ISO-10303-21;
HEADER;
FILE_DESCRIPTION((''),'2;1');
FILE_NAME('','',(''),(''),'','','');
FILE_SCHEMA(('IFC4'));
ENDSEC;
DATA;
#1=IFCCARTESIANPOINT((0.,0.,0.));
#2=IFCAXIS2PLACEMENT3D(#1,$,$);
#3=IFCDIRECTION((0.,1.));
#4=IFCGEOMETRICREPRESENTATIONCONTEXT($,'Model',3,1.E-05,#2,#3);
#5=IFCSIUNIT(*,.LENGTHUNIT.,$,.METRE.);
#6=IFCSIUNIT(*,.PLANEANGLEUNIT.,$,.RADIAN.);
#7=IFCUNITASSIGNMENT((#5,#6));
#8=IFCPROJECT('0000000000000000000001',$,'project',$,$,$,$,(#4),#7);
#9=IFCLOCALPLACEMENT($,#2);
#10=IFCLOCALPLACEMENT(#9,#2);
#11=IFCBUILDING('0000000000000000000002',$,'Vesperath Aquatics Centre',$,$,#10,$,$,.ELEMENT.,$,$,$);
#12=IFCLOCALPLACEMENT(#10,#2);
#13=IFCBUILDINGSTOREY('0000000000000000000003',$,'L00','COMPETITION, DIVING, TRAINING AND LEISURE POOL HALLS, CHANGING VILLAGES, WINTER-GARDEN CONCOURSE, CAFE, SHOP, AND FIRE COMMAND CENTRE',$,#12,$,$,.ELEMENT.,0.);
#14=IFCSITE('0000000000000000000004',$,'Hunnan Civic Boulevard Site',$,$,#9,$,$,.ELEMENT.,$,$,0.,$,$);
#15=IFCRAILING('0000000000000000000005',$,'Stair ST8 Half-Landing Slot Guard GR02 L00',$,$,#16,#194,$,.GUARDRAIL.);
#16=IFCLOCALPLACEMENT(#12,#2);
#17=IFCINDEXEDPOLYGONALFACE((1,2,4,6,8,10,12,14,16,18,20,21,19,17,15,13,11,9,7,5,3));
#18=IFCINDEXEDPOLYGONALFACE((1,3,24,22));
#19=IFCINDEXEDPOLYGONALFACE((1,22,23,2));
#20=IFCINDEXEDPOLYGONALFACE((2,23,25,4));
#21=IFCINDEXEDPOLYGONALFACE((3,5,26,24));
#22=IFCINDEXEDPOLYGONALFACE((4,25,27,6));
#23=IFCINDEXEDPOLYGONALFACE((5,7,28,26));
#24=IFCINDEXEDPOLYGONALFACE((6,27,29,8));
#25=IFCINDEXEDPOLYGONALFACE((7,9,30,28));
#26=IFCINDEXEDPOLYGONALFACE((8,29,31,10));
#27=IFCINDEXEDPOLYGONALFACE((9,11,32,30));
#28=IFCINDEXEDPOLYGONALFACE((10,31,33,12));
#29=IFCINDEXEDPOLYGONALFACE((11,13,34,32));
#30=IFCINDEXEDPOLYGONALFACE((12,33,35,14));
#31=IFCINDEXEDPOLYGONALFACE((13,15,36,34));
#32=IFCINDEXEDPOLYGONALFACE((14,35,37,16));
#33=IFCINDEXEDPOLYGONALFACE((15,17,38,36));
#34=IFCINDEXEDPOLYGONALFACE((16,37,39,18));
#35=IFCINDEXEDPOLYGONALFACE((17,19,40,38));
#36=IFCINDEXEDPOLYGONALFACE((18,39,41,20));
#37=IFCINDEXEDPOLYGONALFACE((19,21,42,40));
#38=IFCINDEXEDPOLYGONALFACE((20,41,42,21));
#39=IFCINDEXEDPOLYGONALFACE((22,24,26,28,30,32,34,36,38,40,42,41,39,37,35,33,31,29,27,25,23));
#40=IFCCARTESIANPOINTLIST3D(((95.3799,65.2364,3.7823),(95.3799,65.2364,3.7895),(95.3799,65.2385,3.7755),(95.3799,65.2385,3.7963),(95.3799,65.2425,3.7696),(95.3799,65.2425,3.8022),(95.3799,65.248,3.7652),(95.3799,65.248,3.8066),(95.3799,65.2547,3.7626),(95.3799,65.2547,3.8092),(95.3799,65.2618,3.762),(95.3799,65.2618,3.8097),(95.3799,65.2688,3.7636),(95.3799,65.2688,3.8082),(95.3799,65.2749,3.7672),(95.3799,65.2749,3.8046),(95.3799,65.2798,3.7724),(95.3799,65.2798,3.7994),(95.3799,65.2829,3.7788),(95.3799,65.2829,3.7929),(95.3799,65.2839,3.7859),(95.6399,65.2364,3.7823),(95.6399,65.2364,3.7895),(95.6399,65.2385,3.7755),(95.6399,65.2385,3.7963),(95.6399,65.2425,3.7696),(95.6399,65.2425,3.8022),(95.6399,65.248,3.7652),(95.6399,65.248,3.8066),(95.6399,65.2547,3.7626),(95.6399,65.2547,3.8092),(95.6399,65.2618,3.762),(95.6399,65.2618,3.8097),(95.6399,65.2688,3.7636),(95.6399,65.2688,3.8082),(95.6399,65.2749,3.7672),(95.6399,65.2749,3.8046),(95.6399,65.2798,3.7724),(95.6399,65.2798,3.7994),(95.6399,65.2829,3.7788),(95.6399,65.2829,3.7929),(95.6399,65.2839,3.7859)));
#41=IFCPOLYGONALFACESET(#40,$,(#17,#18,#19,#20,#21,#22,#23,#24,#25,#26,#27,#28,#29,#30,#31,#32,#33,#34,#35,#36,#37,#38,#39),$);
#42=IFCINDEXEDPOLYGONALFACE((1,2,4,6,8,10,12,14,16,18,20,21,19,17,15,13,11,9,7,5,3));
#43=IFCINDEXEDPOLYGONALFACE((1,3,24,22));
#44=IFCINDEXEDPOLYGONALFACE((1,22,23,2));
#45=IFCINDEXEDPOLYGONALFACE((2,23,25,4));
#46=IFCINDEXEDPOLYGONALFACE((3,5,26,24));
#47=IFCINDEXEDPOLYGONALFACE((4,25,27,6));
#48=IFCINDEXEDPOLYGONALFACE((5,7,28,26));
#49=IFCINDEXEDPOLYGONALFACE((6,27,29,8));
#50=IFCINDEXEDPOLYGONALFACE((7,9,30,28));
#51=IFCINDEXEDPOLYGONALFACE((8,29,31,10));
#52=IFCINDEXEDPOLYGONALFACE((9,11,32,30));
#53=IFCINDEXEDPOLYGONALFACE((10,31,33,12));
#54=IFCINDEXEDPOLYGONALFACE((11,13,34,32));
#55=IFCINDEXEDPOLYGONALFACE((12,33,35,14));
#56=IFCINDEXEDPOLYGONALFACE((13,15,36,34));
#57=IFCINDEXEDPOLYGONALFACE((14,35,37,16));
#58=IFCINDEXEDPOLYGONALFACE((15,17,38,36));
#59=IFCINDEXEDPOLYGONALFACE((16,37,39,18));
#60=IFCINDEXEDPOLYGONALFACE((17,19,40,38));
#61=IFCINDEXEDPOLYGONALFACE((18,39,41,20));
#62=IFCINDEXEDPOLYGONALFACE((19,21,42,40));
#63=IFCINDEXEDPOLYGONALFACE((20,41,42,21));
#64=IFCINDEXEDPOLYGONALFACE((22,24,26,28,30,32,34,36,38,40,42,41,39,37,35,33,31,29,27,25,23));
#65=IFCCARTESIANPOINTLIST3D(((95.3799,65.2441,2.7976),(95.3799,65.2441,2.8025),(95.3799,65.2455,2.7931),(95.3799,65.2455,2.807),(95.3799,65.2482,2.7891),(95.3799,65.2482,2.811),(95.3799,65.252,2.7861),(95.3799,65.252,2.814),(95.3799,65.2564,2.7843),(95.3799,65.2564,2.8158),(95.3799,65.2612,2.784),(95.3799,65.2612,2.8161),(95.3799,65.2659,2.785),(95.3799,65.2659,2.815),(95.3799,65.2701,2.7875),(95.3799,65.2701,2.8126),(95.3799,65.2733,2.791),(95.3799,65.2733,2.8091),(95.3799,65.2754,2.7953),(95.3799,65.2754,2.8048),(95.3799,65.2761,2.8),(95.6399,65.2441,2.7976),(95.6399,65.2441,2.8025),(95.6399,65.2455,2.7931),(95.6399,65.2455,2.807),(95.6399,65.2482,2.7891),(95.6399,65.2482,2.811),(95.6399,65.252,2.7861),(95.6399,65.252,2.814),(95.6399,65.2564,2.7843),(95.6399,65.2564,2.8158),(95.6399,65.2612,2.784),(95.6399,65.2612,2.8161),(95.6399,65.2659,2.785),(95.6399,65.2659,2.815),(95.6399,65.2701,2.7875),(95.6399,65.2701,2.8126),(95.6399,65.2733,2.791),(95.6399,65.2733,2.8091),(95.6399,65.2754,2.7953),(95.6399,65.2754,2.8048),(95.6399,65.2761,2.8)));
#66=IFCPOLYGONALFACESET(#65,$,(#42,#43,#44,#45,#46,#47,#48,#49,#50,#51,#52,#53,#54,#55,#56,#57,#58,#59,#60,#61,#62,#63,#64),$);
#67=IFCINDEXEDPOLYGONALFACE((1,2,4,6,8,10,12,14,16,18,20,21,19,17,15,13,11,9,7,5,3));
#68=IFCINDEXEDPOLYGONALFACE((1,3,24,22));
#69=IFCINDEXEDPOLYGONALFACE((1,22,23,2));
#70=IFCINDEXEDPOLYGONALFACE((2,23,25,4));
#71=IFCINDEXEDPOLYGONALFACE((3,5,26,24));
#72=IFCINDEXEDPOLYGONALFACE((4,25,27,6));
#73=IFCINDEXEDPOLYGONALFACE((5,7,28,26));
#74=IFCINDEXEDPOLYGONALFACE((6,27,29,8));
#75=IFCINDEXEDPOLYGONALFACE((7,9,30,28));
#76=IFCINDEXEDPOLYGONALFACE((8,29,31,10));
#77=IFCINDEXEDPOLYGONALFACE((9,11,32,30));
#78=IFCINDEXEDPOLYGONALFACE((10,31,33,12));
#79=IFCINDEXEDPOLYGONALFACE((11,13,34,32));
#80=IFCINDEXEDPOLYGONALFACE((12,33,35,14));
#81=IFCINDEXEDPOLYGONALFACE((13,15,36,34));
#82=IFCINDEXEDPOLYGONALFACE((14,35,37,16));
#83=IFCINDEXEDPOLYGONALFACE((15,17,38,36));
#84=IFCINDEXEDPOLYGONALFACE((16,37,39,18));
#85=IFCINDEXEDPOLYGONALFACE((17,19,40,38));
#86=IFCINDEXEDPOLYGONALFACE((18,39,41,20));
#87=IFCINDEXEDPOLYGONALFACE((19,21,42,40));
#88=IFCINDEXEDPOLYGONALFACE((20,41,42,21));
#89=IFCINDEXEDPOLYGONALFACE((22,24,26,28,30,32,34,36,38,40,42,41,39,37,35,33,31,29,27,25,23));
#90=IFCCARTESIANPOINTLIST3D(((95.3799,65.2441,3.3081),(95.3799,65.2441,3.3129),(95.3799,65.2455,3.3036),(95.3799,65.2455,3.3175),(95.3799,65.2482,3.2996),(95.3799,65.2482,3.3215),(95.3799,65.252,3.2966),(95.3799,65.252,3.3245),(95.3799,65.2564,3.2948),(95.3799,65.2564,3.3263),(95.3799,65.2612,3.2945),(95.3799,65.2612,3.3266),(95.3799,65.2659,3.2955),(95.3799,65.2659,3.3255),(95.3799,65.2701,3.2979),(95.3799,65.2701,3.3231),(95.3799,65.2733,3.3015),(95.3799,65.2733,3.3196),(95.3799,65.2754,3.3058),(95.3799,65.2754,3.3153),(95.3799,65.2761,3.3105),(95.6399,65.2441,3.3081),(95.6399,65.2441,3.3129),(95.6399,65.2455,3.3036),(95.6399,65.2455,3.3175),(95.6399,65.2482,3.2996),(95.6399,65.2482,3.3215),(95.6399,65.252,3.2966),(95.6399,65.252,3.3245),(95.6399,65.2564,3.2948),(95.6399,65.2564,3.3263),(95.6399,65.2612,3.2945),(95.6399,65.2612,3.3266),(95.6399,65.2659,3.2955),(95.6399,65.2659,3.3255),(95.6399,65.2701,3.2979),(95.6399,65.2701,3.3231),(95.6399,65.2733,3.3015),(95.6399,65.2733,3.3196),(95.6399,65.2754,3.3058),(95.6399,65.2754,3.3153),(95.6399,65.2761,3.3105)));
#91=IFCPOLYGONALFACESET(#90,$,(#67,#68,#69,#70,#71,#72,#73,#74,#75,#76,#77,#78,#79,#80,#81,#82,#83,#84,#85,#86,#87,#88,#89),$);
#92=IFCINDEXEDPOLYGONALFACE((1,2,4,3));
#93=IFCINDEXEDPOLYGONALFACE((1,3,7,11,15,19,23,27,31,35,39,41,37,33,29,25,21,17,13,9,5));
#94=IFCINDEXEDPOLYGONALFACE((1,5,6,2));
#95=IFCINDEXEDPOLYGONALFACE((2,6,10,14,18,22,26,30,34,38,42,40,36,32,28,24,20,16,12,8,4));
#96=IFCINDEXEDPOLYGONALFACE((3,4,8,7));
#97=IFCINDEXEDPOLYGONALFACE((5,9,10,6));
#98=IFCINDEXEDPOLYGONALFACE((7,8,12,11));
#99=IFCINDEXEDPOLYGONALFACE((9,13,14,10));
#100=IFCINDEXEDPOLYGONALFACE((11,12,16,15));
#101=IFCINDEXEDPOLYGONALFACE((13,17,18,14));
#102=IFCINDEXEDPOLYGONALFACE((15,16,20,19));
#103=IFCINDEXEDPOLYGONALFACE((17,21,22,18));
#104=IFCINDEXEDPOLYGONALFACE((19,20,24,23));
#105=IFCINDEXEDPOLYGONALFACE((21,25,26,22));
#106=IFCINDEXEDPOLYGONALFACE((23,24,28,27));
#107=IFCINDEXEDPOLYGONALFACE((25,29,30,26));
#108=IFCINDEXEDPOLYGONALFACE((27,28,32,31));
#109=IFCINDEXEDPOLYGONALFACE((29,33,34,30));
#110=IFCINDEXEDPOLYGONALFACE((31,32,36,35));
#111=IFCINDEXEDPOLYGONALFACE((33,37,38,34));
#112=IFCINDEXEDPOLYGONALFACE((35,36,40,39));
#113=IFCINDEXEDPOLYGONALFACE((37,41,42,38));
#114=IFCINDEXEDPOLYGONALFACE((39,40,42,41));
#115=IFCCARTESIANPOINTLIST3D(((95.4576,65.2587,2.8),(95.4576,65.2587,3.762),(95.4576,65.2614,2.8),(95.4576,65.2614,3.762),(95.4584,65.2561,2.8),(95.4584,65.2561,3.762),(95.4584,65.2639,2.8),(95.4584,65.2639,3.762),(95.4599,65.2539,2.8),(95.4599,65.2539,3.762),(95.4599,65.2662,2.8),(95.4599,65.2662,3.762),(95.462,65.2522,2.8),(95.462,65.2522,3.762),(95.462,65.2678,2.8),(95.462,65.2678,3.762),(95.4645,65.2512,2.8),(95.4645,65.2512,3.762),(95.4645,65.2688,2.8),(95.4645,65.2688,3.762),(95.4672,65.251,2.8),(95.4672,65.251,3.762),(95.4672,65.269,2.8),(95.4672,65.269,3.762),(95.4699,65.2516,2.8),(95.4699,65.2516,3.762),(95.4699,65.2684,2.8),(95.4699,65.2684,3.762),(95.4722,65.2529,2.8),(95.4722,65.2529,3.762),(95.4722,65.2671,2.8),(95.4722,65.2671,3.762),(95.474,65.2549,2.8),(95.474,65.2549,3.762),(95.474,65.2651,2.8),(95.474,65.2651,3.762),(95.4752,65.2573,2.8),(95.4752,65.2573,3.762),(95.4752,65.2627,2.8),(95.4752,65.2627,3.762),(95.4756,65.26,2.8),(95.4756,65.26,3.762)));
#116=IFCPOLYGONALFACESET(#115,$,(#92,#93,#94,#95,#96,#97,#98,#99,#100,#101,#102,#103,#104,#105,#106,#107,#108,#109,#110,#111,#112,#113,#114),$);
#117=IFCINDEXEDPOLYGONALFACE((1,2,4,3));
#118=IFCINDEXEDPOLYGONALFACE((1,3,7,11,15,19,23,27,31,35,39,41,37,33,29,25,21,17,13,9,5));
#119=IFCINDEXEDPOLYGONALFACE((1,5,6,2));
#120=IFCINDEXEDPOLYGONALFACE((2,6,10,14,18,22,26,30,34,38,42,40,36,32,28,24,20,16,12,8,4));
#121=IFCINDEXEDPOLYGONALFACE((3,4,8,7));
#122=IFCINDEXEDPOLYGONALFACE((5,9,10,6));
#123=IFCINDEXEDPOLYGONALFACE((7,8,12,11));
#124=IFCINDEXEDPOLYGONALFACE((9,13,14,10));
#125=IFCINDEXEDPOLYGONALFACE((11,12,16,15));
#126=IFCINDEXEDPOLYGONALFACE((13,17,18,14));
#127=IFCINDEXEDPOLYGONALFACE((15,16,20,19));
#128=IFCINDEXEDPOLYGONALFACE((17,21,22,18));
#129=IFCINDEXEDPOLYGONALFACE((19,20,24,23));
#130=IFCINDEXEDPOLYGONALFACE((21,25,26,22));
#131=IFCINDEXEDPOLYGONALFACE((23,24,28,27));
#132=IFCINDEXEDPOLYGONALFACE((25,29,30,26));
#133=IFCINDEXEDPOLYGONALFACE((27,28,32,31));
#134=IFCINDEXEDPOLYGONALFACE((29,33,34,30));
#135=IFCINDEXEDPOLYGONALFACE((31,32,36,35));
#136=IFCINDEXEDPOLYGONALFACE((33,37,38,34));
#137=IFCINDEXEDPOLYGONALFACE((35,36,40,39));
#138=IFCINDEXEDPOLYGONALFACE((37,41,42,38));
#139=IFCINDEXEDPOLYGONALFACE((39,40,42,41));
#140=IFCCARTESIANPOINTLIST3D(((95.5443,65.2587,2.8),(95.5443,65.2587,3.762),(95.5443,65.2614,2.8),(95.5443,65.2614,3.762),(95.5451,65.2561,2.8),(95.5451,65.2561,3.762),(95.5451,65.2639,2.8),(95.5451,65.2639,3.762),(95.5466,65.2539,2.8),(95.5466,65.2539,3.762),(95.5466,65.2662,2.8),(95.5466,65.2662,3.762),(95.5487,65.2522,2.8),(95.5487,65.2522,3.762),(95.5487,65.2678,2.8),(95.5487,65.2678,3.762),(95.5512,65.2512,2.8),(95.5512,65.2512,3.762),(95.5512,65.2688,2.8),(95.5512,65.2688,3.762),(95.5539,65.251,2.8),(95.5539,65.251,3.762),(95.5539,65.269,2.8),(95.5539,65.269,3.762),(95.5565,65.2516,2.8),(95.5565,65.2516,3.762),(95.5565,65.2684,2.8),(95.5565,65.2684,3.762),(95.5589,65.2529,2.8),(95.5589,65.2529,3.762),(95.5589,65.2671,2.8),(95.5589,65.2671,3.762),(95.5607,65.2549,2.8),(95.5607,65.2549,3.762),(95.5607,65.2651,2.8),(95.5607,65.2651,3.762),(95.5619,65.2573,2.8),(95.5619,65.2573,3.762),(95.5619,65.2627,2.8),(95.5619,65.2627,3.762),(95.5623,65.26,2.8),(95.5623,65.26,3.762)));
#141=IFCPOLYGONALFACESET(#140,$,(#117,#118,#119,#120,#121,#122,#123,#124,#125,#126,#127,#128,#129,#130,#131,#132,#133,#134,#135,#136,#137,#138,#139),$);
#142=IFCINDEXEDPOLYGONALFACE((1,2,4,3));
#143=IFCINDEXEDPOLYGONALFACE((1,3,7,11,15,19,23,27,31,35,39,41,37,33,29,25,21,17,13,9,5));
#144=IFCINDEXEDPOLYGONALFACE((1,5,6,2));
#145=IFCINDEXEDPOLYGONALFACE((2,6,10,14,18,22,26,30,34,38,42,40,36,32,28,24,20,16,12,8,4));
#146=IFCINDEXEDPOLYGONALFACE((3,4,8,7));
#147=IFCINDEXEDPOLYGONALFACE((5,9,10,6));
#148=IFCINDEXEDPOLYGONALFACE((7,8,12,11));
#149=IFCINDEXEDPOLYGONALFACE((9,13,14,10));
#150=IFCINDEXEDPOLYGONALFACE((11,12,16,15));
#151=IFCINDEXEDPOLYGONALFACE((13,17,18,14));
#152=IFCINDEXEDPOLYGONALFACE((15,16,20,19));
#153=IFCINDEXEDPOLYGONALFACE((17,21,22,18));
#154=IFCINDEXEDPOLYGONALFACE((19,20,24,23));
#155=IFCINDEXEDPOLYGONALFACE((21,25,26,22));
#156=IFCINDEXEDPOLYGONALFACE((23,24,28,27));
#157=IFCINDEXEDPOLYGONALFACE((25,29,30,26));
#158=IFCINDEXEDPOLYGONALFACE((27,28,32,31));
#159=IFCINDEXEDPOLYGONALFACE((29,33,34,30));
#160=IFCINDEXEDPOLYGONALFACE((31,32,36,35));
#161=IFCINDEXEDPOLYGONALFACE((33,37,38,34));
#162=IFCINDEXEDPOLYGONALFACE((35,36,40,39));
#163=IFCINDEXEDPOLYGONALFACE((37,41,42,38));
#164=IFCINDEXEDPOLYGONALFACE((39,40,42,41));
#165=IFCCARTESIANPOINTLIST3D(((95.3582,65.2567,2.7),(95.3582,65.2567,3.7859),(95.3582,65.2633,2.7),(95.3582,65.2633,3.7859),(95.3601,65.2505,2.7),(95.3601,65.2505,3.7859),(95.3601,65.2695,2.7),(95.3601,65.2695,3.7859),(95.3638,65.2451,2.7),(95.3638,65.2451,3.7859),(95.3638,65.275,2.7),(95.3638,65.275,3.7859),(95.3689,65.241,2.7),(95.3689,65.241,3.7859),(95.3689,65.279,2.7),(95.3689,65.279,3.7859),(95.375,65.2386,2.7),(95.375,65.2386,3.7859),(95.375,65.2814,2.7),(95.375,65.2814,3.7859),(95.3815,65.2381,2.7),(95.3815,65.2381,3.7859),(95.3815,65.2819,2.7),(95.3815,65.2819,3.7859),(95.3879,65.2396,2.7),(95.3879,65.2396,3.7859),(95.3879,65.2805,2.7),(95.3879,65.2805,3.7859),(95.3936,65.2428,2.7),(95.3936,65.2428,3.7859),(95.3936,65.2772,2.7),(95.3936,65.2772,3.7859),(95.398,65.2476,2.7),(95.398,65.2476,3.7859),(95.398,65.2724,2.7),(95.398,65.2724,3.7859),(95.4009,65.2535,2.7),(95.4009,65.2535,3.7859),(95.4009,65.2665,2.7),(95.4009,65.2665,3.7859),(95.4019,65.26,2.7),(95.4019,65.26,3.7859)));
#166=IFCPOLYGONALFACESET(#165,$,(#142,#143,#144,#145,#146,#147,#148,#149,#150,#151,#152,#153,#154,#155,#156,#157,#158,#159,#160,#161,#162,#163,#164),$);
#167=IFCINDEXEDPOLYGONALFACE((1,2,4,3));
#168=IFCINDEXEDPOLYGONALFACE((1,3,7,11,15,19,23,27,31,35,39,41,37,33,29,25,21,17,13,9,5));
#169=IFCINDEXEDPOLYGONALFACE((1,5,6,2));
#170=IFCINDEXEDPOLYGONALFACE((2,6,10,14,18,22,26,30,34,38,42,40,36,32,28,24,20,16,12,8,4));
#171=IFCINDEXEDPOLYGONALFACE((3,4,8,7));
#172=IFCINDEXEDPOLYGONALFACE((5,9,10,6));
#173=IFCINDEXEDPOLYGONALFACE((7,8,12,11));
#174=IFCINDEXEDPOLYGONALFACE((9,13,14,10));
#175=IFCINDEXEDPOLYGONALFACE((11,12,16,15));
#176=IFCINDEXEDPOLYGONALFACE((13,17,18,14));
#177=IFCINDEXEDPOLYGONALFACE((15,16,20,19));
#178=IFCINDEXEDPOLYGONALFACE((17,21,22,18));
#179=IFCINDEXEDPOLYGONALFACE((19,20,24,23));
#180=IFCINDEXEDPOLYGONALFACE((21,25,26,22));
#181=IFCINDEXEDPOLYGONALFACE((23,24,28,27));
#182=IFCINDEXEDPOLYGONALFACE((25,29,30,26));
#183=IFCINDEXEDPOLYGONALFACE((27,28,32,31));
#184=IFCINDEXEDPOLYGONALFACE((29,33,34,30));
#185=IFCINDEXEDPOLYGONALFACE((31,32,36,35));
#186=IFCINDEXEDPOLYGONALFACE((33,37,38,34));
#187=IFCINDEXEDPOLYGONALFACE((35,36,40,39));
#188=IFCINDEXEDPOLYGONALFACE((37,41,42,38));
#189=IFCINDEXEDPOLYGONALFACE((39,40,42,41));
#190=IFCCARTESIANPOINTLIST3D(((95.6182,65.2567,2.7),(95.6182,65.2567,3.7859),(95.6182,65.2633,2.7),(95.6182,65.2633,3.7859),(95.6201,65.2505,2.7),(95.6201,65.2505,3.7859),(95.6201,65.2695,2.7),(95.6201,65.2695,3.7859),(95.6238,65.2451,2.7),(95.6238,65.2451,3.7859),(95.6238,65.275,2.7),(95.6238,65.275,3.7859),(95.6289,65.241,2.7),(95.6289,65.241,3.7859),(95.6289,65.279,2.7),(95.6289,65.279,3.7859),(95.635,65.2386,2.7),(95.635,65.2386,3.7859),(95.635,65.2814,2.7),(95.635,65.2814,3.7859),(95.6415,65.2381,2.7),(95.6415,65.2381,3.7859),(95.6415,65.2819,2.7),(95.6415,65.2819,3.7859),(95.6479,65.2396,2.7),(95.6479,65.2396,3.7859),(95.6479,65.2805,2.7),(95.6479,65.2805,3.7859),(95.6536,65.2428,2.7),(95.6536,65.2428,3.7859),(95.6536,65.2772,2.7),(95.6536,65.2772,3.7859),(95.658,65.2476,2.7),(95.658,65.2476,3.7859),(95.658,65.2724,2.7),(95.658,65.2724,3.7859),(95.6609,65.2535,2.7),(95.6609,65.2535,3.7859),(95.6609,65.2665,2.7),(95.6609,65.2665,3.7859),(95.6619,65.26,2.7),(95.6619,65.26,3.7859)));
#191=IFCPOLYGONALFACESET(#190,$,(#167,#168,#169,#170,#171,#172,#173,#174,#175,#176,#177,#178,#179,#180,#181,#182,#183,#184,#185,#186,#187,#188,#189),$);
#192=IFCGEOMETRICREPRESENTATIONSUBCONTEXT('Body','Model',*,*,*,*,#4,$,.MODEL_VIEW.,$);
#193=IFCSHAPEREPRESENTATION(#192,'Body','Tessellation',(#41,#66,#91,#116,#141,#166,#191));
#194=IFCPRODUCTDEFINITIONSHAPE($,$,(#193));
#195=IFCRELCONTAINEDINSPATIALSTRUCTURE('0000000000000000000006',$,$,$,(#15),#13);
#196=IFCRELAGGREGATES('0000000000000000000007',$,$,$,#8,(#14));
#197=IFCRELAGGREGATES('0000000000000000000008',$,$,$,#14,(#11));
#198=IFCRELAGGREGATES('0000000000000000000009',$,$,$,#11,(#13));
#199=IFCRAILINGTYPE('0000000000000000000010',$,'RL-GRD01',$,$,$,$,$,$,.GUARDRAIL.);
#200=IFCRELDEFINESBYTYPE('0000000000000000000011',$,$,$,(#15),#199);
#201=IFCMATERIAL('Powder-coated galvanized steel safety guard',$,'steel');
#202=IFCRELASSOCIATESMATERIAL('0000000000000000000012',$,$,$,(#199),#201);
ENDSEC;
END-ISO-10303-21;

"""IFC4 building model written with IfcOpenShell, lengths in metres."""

from ifc_helpers import new_model, si_unit, direction, frame, origin, origin_2d, place, context, subcontext, project, spatial, circle, extrude, material, type_object, element, save


model = new_model("IFC4")

# Units and contexts
model_context = context("Model", 3, precision=1e-05, world=origin(), true_north=direction((0.0, 1.0)))
body_context = subcontext(model_context, "Body", "Model", "MODEL_VIEW")
ifc_project = project(units=[si_unit("LENGTHUNIT", "METRE"), si_unit("PLANEANGLEUNIT", "RADIAN")], contexts=[model_context])

# Site, building, storey
site_placement = place(None, origin())
site = spatial("IfcSite", under=ifc_project, at=site_placement, Name="Hunnan Civic Boulevard Site", CompositionType="ELEMENT", RefElevation=0.0)
building_placement = place(site_placement, origin())
building = spatial("IfcBuilding", under=site, at=building_placement, Name="Vesperath Aquatics Centre", CompositionType="ELEMENT")
storey_placement = place(building_placement, origin())
storey = spatial("IfcBuildingStorey", under=building, at=storey_placement, Name="L00", Description="COMPETITION, DIVING, TRAINING AND LEISURE POOL HALLS, CHANGING VILLAGES, WINTER-GARDEN CONCOURSE, CAFE, SHOP, AND FIRE COMMAND CENTRE", CompositionType="ELEMENT", Elevation=0.0)

# Railing
ifc_material_1 = material(Name="Powder-coated galvanized steel safety guard", Category="steel")
railing_type = type_object("IfcRailingType", Name="RL-GRD01", PredefinedType="GUARDRAIL", material=ifc_material_1)
railing_1_placement = place(storey_placement, frame((95.3799, 65.26, 2.7)))
element("IfcRailing", 1, at=railing_1_placement, inside=storey, type_object=railing_type, Name="Stair ST8 Half-Landing Slot Guard GR02 L00", PredefinedType="GUARDRAIL", context=body_context, shape_type="SweptSolid", body=[
    extrude(circle(Radius=0.0239, at=origin_2d()), frame((0.0, 0.0, 1.0859), z_axis=(1.0, 0.0, 0.0), x_axis=(0.0, 1.0, 0.0)), (0.0, 0.0, 1.0), 0.26),
    extrude(circle(Radius=0.0161, at=origin_2d()), frame((0.0, 0.0, 0.1001), z_axis=(1.0, 0.0, 0.0), x_axis=(0.0, 1.0, 0.0)), (0.0, 0.0, 1.0), 0.26),
    extrude(circle(Radius=0.0161, at=origin_2d()), frame((0.0, 0.0, 0.6106), z_axis=(1.0, 0.0, 0.0), x_axis=(0.0, 1.0, 0.0)), (0.0, 0.0, 1.0), 0.26),
    extrude(circle(Radius=0.009, at=origin_2d()), frame((0.0867, 0.0, 0.1001)), (0.0, 0.0, 1.0), 0.9619),
    extrude(circle(Radius=0.009, at=origin_2d()), frame((0.1733, 0.0, 0.1001)), (0.0, 0.0, 1.0), 0.9619),
    extrude(circle(Radius=0.022, at=origin_2d()), origin(), (0.0, 0.0, 1.0), 1.0859),
    extrude(circle(Radius=0.022, at=origin_2d()), frame((0.26, 0.0, 0.0)), (0.0, 0.0, 1.0), 1.0859),
])

save(model, "model.ifc")
